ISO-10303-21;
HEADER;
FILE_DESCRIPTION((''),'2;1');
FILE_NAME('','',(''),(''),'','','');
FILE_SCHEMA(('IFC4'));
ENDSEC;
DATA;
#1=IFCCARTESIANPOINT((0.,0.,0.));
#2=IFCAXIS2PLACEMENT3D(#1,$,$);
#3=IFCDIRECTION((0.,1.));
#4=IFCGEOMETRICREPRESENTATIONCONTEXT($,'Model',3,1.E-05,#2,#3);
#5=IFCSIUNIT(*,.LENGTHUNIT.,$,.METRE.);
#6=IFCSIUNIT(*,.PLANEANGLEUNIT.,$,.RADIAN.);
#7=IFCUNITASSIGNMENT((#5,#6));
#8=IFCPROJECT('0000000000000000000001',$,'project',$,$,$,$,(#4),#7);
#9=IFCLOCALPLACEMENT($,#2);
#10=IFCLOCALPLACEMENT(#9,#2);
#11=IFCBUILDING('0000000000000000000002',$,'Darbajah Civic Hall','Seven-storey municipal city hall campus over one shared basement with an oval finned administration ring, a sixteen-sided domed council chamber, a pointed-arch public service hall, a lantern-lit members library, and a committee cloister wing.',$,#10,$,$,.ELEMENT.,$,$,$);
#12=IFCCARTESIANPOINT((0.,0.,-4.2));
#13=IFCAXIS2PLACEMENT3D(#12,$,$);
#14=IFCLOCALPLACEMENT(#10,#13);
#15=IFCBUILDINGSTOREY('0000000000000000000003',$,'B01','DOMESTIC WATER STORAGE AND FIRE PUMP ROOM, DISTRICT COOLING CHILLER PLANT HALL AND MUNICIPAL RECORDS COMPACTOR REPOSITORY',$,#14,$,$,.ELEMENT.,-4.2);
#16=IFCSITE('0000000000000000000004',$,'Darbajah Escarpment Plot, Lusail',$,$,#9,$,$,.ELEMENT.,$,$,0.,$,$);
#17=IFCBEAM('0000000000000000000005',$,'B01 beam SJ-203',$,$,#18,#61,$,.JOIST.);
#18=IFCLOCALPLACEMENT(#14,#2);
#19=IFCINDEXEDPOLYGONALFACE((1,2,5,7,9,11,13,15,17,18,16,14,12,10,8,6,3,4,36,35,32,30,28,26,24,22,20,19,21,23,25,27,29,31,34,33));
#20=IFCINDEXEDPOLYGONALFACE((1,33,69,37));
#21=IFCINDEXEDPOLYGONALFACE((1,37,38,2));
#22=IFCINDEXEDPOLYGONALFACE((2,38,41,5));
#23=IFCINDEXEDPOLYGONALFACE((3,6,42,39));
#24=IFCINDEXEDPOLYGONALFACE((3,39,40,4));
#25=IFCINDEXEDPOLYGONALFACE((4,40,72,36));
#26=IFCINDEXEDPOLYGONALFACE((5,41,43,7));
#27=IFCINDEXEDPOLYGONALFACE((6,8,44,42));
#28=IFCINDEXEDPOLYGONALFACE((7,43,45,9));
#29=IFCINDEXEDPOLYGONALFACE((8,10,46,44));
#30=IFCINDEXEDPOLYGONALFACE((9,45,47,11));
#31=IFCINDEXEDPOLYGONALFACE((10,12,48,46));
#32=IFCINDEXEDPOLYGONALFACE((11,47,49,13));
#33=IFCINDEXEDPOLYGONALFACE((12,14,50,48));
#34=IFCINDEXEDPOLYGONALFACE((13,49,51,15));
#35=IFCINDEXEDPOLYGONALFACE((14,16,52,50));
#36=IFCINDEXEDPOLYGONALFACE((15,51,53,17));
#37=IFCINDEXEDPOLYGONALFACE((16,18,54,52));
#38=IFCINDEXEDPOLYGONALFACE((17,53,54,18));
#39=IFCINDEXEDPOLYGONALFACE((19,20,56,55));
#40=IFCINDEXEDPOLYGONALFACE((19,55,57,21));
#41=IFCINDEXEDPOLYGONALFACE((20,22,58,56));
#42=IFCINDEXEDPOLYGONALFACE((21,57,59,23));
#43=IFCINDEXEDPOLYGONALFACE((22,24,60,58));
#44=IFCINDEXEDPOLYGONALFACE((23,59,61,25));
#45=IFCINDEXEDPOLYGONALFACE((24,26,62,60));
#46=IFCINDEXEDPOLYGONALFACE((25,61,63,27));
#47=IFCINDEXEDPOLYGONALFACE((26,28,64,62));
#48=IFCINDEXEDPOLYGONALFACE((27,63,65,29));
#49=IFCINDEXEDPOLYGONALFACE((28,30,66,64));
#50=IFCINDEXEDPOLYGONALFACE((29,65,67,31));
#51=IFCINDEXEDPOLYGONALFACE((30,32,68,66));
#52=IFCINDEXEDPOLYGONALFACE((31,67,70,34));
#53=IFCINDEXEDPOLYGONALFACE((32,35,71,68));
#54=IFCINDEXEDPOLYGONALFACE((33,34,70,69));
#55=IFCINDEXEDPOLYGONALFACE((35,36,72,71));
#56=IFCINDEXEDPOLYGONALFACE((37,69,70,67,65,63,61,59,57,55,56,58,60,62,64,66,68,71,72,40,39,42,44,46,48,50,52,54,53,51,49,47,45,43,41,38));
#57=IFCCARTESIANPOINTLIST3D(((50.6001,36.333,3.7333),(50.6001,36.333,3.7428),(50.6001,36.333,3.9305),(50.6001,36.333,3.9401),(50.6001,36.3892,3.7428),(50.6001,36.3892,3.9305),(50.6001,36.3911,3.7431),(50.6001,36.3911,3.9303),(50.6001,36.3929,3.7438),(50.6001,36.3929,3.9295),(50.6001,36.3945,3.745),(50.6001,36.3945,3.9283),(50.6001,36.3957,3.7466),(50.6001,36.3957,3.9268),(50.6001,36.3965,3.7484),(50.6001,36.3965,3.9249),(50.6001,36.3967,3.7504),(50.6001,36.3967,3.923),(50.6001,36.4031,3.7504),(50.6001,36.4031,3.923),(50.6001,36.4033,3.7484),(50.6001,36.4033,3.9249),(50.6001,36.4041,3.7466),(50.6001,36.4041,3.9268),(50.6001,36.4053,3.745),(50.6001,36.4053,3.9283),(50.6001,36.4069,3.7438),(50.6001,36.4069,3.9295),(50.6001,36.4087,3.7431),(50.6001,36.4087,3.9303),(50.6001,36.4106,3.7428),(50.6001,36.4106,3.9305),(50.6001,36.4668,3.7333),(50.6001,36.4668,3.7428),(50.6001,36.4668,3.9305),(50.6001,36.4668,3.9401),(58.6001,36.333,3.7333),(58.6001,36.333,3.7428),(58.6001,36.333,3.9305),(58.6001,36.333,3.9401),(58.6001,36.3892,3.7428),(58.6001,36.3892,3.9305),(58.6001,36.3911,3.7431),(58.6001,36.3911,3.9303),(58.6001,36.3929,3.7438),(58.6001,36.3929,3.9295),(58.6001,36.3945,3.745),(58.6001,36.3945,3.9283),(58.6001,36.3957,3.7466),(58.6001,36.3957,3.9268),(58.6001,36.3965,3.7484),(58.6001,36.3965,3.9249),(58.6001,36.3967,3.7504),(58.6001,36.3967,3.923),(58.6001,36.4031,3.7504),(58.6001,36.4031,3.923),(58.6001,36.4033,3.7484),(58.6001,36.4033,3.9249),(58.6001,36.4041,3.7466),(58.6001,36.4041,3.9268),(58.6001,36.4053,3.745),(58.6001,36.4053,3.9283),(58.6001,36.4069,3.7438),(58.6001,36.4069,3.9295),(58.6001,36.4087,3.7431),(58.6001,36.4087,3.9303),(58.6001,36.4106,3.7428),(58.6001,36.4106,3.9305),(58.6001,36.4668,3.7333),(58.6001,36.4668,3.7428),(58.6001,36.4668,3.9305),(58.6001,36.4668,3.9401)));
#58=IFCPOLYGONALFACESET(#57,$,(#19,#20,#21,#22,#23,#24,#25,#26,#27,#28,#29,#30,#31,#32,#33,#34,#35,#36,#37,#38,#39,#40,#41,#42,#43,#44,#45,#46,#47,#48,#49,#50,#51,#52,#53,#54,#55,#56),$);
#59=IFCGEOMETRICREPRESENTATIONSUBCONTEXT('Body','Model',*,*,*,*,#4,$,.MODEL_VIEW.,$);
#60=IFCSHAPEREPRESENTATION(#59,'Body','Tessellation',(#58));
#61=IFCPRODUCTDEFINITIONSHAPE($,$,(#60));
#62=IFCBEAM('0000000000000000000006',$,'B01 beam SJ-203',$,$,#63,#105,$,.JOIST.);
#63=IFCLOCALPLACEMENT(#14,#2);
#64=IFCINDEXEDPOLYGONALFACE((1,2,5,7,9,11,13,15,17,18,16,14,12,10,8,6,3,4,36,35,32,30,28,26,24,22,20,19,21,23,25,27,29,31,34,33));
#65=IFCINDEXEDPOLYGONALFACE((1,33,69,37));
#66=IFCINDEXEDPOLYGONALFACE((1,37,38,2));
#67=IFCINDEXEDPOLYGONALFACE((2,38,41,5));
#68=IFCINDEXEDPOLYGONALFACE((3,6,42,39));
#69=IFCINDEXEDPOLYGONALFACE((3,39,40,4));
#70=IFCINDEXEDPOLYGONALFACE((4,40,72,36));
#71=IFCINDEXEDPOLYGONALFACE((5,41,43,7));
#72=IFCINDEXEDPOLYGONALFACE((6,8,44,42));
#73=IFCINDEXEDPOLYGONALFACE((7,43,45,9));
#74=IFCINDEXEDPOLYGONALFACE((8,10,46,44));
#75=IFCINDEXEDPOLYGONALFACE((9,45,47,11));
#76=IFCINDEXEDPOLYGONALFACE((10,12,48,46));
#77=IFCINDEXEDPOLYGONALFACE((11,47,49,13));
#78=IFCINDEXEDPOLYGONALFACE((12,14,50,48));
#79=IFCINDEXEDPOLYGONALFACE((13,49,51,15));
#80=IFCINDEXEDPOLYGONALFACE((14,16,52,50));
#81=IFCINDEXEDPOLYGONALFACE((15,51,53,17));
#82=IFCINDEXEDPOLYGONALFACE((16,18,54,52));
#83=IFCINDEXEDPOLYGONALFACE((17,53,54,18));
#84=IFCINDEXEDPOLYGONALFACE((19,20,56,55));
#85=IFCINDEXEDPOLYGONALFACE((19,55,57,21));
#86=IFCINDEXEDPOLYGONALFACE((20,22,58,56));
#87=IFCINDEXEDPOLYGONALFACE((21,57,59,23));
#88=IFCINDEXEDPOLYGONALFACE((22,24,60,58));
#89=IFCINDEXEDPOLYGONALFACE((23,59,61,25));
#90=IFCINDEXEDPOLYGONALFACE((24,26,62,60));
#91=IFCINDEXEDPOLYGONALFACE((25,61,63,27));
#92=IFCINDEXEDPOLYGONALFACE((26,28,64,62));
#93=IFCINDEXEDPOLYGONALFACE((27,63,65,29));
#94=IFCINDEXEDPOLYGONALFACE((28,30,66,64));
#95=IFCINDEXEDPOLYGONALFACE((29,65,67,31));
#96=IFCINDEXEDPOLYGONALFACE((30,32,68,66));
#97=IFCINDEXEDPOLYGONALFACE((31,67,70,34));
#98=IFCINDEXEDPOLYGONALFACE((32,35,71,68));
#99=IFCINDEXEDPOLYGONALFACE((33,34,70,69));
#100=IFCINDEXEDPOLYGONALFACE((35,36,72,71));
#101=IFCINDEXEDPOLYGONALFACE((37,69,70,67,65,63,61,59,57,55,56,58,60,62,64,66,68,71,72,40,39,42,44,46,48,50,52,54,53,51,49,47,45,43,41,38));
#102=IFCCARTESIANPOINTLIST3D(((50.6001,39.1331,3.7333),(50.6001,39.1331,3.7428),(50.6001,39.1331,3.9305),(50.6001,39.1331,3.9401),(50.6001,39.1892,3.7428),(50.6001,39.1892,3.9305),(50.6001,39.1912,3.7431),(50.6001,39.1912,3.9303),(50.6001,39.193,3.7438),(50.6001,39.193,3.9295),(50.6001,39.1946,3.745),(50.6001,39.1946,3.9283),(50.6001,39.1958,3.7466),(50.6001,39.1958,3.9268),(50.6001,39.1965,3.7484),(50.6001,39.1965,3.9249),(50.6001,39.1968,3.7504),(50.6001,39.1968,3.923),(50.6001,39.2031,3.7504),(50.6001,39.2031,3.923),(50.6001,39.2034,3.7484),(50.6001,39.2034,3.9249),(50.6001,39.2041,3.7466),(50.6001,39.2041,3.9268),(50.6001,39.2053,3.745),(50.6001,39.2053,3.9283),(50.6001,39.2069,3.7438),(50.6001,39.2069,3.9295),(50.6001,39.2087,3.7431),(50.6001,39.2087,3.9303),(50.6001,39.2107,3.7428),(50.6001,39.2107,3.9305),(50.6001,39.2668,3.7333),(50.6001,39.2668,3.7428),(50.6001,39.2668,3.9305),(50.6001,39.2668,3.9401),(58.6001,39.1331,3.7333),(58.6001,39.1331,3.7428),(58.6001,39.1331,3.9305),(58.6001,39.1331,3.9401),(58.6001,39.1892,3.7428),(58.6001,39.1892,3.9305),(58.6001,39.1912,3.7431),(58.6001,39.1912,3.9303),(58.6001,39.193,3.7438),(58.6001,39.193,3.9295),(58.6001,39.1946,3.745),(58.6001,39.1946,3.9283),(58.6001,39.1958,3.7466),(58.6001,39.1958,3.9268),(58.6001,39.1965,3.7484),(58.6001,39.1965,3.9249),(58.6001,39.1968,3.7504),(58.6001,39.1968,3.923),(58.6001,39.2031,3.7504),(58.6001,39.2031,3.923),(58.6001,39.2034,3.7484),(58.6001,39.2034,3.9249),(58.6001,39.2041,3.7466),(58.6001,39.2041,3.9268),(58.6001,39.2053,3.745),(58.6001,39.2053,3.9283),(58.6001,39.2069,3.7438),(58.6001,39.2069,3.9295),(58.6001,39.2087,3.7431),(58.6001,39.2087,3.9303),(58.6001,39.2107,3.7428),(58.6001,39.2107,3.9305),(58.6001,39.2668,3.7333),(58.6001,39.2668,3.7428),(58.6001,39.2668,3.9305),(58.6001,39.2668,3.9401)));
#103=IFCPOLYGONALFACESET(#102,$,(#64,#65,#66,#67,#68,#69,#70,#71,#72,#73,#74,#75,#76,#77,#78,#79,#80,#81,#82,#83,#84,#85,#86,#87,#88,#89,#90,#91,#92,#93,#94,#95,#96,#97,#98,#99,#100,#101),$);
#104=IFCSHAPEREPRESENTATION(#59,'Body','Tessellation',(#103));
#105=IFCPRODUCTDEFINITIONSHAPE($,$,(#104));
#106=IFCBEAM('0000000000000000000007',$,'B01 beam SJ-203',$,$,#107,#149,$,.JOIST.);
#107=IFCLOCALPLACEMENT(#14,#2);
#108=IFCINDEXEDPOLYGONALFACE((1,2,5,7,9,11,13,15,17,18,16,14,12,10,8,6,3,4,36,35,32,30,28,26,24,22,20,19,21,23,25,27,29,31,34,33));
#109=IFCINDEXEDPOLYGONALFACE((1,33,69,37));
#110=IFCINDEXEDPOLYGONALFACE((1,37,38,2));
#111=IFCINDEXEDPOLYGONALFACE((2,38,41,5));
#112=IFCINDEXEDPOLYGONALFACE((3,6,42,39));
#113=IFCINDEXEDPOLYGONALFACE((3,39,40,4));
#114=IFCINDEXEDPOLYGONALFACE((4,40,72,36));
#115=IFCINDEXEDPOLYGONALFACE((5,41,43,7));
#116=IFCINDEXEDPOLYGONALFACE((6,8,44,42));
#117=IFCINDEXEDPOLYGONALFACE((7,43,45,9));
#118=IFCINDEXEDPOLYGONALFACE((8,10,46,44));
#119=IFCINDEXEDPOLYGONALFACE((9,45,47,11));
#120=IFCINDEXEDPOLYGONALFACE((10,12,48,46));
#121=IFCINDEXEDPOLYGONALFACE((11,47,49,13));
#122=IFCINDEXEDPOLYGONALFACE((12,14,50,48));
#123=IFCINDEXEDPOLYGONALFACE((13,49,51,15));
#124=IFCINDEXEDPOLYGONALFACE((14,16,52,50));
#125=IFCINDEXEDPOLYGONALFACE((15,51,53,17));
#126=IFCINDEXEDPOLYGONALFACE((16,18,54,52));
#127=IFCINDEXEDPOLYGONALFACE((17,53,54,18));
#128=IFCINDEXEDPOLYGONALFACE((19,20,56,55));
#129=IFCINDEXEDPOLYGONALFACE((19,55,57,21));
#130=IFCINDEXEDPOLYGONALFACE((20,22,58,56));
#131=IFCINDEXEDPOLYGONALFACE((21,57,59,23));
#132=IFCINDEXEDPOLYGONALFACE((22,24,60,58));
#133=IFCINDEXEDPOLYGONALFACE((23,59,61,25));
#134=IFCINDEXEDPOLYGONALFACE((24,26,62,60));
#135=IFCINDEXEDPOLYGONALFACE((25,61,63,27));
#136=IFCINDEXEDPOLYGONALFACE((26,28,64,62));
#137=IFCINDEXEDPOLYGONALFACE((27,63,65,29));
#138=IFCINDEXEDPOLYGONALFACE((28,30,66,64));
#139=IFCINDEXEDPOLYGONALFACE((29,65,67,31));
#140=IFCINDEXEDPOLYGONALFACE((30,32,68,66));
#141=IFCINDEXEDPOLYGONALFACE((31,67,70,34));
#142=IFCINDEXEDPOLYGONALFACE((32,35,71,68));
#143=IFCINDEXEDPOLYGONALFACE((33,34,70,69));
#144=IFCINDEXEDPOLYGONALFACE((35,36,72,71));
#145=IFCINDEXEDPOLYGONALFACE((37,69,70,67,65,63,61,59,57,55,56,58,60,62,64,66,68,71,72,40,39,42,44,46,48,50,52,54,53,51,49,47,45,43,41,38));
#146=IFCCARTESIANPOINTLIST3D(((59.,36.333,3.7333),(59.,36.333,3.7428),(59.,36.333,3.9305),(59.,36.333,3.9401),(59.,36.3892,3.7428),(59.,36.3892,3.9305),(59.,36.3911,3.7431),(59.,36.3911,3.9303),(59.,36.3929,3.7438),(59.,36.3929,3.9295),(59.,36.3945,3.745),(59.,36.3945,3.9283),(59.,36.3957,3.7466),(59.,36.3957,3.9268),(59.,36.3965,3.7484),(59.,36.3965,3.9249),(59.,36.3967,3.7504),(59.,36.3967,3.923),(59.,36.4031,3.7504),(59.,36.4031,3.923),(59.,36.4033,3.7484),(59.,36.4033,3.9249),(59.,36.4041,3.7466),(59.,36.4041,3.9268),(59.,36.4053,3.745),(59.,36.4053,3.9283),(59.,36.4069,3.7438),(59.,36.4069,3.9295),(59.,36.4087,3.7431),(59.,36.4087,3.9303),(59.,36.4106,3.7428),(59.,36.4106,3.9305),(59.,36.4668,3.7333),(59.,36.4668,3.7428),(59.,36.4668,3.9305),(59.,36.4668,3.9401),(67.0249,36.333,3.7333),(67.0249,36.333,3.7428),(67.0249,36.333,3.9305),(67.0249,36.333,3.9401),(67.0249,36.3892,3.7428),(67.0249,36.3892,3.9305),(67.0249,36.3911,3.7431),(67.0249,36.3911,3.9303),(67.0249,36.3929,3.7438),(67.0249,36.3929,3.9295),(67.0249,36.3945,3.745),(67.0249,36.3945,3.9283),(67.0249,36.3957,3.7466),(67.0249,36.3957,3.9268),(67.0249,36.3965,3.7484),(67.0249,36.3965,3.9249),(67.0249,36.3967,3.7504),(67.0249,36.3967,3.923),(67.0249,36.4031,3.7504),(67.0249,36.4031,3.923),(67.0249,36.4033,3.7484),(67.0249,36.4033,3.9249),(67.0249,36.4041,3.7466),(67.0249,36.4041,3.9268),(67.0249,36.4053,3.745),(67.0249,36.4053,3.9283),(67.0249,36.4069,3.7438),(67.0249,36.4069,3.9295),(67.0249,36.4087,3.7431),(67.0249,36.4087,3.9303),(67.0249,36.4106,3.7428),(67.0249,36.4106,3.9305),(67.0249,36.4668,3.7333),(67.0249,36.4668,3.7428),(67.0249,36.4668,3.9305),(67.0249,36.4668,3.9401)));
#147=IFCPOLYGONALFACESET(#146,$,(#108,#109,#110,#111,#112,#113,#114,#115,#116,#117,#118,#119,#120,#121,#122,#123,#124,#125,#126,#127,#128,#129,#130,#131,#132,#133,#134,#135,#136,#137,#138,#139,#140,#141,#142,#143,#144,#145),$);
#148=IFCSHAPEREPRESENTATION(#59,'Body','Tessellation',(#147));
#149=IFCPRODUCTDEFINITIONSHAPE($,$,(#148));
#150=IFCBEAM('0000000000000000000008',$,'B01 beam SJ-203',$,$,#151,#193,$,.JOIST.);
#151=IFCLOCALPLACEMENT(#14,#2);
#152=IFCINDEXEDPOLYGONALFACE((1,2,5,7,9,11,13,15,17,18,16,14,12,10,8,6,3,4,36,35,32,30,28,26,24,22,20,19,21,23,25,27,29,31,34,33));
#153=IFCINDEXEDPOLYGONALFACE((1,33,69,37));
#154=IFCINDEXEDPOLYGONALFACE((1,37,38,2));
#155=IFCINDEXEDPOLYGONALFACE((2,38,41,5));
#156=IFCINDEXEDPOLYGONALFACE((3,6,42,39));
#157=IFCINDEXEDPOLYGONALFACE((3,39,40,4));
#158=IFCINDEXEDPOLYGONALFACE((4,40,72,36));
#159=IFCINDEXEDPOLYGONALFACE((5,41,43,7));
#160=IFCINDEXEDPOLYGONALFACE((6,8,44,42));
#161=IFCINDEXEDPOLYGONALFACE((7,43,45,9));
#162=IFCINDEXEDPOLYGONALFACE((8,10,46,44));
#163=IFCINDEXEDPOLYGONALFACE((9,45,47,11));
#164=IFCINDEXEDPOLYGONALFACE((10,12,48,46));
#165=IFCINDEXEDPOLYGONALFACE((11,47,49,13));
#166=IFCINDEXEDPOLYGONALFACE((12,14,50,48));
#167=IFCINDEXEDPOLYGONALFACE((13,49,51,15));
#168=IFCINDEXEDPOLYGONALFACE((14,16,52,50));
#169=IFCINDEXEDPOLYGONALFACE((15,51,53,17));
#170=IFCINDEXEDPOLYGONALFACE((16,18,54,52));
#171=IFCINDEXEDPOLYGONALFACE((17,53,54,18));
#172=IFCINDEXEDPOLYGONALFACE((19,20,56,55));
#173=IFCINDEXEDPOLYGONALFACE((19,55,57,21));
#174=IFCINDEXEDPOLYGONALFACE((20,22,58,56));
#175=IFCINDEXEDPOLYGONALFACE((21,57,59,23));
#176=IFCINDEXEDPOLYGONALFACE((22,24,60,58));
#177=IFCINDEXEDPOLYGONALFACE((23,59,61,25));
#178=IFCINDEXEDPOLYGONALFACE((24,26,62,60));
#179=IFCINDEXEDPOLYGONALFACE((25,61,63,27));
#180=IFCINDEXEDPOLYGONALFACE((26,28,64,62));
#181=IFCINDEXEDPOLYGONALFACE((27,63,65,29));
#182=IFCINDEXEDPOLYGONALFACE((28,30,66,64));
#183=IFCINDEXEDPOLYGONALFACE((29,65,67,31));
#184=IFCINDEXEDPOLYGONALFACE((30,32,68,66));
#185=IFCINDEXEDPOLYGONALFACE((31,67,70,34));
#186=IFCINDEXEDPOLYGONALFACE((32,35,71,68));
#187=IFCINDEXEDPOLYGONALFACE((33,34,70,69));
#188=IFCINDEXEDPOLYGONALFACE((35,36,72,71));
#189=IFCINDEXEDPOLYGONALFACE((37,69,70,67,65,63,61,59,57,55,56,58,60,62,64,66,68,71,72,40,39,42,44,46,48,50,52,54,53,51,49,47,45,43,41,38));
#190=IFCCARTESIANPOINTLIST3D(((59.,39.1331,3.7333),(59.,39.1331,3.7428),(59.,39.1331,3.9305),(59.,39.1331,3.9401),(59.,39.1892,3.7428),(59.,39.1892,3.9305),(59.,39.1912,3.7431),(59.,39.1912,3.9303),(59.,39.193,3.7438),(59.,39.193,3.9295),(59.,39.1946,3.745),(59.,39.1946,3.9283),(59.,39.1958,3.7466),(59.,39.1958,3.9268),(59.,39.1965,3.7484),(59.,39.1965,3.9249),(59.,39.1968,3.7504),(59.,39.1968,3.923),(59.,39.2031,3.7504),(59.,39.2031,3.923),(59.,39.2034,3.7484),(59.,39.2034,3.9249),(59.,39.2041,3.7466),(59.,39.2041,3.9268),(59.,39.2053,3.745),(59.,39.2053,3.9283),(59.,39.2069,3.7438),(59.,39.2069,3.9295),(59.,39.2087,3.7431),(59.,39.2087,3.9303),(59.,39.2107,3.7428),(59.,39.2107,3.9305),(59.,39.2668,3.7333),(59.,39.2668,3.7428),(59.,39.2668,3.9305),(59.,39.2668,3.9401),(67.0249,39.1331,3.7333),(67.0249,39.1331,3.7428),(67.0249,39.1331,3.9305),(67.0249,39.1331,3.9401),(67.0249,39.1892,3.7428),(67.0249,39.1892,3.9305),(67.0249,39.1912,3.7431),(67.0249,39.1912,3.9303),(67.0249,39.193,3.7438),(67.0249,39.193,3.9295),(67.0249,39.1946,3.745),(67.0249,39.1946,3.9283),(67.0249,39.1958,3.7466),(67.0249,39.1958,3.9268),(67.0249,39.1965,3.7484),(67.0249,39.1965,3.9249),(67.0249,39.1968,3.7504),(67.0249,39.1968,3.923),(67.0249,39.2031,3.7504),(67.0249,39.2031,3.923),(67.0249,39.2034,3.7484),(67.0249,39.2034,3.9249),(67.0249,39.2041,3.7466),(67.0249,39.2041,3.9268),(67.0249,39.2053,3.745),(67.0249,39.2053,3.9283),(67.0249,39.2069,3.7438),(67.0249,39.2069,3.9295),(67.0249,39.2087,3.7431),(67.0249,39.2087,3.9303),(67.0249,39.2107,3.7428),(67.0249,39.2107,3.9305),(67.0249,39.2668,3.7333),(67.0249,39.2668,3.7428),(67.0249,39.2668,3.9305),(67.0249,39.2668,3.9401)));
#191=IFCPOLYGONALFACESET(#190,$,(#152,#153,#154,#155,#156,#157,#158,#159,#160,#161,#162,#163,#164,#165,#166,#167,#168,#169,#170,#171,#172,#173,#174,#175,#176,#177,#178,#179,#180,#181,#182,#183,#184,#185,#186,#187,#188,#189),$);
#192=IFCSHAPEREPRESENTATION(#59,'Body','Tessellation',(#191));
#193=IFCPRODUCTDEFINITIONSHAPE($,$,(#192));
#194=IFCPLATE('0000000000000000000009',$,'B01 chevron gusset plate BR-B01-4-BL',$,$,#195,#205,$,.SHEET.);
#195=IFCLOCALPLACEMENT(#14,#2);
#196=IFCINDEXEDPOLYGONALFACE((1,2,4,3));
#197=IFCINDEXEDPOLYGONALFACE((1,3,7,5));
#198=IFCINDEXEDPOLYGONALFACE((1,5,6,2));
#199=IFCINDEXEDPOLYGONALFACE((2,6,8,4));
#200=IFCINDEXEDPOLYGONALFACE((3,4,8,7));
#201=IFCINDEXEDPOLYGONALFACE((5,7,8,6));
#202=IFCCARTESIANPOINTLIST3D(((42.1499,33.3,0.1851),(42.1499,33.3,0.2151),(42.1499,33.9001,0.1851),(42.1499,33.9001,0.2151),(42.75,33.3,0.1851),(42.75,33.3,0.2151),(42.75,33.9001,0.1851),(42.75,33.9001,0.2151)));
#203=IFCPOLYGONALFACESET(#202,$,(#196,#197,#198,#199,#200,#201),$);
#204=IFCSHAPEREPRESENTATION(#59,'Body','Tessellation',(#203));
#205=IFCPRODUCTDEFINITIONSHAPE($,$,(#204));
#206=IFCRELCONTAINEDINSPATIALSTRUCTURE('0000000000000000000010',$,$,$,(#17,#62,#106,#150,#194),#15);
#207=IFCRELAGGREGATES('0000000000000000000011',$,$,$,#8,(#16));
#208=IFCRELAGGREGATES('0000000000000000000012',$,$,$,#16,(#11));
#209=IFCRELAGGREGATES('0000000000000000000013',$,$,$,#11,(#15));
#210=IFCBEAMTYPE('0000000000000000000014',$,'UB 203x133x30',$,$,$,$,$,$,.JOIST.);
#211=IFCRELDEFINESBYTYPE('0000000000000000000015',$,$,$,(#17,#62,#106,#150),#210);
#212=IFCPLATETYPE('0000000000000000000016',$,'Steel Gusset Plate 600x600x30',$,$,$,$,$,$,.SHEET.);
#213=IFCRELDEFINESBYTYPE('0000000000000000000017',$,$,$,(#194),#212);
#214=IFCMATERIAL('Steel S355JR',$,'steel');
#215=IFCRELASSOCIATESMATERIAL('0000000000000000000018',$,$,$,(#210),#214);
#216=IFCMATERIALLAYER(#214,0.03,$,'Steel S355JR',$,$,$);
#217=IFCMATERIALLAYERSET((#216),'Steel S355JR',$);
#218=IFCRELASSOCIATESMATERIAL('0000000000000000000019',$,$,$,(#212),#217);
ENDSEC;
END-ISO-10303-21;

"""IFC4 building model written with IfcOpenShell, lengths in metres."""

from ifc_helpers import new_model, si_unit, direction, frame, origin, origin_2d, place, context, subcontext, project, spatial, rectangle, i_section, extrude, material, layer, layer_set, material_profile, profile_set, type_object, element, save


model = new_model("IFC4")

# Units and contexts
model_context = context("Model", 3, precision=1e-05, world=origin(), true_north=direction((0.0, 1.0)))
body_context = subcontext(model_context, "Body", "Model", "MODEL_VIEW")
ifc_project = project(units=[si_unit("LENGTHUNIT", "METRE"), si_unit("PLANEANGLEUNIT", "RADIAN")], contexts=[model_context])

# Site, building, storey
site_placement = place(None, origin())
site = spatial("IfcSite", under=ifc_project, at=site_placement, Name="Darbajah Escarpment Plot, Lusail", CompositionType="ELEMENT", RefElevation=0.0)
building_placement = place(site_placement, origin())
building = spatial("IfcBuilding", under=site, at=building_placement, Name="Darbajah Civic Hall", Description="Seven-storey municipal city hall campus over one shared basement with an oval finned administration ring, a sixteen-sided domed council chamber, a pointed-arch public service hall, a lantern-lit members library, and a committee cloister wing.", CompositionType="ELEMENT")
storey_placement = place(building_placement, frame((0.0, 0.0, -4.2)))
storey = spatial("IfcBuildingStorey", under=building, at=storey_placement, Name="B01", Description="DOMESTIC WATER STORAGE AND FIRE PUMP ROOM, DISTRICT COOLING CHILLER PLANT HALL AND MUNICIPAL RECORDS COMPACTOR REPOSITORY", CompositionType="ELEMENT", Elevation=-4.2)

# Shared definitions
ifc_material_1 = material(Name="Steel S355JR", Category="steel")

# Beams
ifc_material_profile_1 = material_profile(ifc_material_1, i_section(OverallWidth=0.1338, OverallDepth=0.2068, WebThickness=0.0063, FlangeThickness=0.0095, FilletRadius=0.0076, at=origin_2d()), Name="UB 203x133x30")
ifc_profile_set_1 = profile_set([ifc_material_profile_1], Name="Steel S355JR")
beam_type_1 = type_object("IfcBeamType", Name="UB 203x133x30", PredefinedType="JOIST", material=ifc_profile_set_1)
for number, where, z_axis, x_axis, name in (
    (1, (50.6001, 36.3999, 3.8367), (1.0, 0.0, 0.0), (0.0, 1.0, 0.0), "B01 beam SJ-203"),
    (2, (50.6001, 39.2, 3.8367), (1.0, 0.0, 0.0), (0.0, 1.0, 0.0), "B01 beam SJ-203"),
):
    element("IfcBeam", number, at=place(storey_placement, frame(where, z_axis=z_axis, x_axis=x_axis)), inside=storey, type_object=beam_type_1, Name=name, PredefinedType="JOIST", context=body_context, shape_type="SweptSolid", body=[
        extrude(i_section(OverallWidth=0.1338, OverallDepth=0.2068, WebThickness=0.0063, FlangeThickness=0.0095, FilletRadius=0.0076, at=origin_2d()), origin(), (0.0, 0.0, 1.0), 8.0),
    ])
for number, where, z_axis, x_axis, name in (
    (3, (59.0, 36.3999, 3.8367), (1.0, 0.0, 0.0), (0.0, 1.0, 0.0), "B01 beam SJ-203"),
    (4, (59.0, 39.2, 3.8367), (1.0, 0.0, 0.0), (0.0, 1.0, 0.0), "B01 beam SJ-203"),
):
    element("IfcBeam", number, at=place(storey_placement, frame(where, z_axis=z_axis, x_axis=x_axis)), inside=storey, type_object=beam_type_1, Name=name, PredefinedType="JOIST", context=body_context, shape_type="SweptSolid", body=[
        extrude(i_section(OverallWidth=0.1338, OverallDepth=0.2068, WebThickness=0.0063, FlangeThickness=0.0095, FilletRadius=0.0076, at=origin_2d()), origin(), (0.0, 0.0, 1.0), 8.0249),
    ])

# Plate
ifc_layer_1 = layer(ifc_material_1, 0.03, Name="Steel S355JR")
ifc_layer_set_1 = layer_set([ifc_layer_1], Name="Steel S355JR")
plate_type_1 = type_object("IfcPlateType", Name="Steel Gusset Plate 600x600x30", PredefinedType="SHEET", material=ifc_layer_set_1)
for number, where, z_axis, x_axis, name in (
    (5, (42.45, 33.6001, 0.1851), (0.0, 0.0, 1.0), (1.0, 0.0, 0.0), "B01 chevron gusset plate BR-B01-4-BL"),
):
    element("IfcPlate", number, at=place(storey_placement, frame(where, z_axis=z_axis, x_axis=x_axis)), inside=storey, type_object=plate_type_1, Name=name, PredefinedType="SHEET", context=body_context, shape_type="SweptSolid", body=[
        extrude(rectangle(XDim=0.6001, YDim=0.6001, at=origin_2d()), origin(), (0.0, 0.0, 1.0), 0.03),
    ])

save(model, "model.ifc")
